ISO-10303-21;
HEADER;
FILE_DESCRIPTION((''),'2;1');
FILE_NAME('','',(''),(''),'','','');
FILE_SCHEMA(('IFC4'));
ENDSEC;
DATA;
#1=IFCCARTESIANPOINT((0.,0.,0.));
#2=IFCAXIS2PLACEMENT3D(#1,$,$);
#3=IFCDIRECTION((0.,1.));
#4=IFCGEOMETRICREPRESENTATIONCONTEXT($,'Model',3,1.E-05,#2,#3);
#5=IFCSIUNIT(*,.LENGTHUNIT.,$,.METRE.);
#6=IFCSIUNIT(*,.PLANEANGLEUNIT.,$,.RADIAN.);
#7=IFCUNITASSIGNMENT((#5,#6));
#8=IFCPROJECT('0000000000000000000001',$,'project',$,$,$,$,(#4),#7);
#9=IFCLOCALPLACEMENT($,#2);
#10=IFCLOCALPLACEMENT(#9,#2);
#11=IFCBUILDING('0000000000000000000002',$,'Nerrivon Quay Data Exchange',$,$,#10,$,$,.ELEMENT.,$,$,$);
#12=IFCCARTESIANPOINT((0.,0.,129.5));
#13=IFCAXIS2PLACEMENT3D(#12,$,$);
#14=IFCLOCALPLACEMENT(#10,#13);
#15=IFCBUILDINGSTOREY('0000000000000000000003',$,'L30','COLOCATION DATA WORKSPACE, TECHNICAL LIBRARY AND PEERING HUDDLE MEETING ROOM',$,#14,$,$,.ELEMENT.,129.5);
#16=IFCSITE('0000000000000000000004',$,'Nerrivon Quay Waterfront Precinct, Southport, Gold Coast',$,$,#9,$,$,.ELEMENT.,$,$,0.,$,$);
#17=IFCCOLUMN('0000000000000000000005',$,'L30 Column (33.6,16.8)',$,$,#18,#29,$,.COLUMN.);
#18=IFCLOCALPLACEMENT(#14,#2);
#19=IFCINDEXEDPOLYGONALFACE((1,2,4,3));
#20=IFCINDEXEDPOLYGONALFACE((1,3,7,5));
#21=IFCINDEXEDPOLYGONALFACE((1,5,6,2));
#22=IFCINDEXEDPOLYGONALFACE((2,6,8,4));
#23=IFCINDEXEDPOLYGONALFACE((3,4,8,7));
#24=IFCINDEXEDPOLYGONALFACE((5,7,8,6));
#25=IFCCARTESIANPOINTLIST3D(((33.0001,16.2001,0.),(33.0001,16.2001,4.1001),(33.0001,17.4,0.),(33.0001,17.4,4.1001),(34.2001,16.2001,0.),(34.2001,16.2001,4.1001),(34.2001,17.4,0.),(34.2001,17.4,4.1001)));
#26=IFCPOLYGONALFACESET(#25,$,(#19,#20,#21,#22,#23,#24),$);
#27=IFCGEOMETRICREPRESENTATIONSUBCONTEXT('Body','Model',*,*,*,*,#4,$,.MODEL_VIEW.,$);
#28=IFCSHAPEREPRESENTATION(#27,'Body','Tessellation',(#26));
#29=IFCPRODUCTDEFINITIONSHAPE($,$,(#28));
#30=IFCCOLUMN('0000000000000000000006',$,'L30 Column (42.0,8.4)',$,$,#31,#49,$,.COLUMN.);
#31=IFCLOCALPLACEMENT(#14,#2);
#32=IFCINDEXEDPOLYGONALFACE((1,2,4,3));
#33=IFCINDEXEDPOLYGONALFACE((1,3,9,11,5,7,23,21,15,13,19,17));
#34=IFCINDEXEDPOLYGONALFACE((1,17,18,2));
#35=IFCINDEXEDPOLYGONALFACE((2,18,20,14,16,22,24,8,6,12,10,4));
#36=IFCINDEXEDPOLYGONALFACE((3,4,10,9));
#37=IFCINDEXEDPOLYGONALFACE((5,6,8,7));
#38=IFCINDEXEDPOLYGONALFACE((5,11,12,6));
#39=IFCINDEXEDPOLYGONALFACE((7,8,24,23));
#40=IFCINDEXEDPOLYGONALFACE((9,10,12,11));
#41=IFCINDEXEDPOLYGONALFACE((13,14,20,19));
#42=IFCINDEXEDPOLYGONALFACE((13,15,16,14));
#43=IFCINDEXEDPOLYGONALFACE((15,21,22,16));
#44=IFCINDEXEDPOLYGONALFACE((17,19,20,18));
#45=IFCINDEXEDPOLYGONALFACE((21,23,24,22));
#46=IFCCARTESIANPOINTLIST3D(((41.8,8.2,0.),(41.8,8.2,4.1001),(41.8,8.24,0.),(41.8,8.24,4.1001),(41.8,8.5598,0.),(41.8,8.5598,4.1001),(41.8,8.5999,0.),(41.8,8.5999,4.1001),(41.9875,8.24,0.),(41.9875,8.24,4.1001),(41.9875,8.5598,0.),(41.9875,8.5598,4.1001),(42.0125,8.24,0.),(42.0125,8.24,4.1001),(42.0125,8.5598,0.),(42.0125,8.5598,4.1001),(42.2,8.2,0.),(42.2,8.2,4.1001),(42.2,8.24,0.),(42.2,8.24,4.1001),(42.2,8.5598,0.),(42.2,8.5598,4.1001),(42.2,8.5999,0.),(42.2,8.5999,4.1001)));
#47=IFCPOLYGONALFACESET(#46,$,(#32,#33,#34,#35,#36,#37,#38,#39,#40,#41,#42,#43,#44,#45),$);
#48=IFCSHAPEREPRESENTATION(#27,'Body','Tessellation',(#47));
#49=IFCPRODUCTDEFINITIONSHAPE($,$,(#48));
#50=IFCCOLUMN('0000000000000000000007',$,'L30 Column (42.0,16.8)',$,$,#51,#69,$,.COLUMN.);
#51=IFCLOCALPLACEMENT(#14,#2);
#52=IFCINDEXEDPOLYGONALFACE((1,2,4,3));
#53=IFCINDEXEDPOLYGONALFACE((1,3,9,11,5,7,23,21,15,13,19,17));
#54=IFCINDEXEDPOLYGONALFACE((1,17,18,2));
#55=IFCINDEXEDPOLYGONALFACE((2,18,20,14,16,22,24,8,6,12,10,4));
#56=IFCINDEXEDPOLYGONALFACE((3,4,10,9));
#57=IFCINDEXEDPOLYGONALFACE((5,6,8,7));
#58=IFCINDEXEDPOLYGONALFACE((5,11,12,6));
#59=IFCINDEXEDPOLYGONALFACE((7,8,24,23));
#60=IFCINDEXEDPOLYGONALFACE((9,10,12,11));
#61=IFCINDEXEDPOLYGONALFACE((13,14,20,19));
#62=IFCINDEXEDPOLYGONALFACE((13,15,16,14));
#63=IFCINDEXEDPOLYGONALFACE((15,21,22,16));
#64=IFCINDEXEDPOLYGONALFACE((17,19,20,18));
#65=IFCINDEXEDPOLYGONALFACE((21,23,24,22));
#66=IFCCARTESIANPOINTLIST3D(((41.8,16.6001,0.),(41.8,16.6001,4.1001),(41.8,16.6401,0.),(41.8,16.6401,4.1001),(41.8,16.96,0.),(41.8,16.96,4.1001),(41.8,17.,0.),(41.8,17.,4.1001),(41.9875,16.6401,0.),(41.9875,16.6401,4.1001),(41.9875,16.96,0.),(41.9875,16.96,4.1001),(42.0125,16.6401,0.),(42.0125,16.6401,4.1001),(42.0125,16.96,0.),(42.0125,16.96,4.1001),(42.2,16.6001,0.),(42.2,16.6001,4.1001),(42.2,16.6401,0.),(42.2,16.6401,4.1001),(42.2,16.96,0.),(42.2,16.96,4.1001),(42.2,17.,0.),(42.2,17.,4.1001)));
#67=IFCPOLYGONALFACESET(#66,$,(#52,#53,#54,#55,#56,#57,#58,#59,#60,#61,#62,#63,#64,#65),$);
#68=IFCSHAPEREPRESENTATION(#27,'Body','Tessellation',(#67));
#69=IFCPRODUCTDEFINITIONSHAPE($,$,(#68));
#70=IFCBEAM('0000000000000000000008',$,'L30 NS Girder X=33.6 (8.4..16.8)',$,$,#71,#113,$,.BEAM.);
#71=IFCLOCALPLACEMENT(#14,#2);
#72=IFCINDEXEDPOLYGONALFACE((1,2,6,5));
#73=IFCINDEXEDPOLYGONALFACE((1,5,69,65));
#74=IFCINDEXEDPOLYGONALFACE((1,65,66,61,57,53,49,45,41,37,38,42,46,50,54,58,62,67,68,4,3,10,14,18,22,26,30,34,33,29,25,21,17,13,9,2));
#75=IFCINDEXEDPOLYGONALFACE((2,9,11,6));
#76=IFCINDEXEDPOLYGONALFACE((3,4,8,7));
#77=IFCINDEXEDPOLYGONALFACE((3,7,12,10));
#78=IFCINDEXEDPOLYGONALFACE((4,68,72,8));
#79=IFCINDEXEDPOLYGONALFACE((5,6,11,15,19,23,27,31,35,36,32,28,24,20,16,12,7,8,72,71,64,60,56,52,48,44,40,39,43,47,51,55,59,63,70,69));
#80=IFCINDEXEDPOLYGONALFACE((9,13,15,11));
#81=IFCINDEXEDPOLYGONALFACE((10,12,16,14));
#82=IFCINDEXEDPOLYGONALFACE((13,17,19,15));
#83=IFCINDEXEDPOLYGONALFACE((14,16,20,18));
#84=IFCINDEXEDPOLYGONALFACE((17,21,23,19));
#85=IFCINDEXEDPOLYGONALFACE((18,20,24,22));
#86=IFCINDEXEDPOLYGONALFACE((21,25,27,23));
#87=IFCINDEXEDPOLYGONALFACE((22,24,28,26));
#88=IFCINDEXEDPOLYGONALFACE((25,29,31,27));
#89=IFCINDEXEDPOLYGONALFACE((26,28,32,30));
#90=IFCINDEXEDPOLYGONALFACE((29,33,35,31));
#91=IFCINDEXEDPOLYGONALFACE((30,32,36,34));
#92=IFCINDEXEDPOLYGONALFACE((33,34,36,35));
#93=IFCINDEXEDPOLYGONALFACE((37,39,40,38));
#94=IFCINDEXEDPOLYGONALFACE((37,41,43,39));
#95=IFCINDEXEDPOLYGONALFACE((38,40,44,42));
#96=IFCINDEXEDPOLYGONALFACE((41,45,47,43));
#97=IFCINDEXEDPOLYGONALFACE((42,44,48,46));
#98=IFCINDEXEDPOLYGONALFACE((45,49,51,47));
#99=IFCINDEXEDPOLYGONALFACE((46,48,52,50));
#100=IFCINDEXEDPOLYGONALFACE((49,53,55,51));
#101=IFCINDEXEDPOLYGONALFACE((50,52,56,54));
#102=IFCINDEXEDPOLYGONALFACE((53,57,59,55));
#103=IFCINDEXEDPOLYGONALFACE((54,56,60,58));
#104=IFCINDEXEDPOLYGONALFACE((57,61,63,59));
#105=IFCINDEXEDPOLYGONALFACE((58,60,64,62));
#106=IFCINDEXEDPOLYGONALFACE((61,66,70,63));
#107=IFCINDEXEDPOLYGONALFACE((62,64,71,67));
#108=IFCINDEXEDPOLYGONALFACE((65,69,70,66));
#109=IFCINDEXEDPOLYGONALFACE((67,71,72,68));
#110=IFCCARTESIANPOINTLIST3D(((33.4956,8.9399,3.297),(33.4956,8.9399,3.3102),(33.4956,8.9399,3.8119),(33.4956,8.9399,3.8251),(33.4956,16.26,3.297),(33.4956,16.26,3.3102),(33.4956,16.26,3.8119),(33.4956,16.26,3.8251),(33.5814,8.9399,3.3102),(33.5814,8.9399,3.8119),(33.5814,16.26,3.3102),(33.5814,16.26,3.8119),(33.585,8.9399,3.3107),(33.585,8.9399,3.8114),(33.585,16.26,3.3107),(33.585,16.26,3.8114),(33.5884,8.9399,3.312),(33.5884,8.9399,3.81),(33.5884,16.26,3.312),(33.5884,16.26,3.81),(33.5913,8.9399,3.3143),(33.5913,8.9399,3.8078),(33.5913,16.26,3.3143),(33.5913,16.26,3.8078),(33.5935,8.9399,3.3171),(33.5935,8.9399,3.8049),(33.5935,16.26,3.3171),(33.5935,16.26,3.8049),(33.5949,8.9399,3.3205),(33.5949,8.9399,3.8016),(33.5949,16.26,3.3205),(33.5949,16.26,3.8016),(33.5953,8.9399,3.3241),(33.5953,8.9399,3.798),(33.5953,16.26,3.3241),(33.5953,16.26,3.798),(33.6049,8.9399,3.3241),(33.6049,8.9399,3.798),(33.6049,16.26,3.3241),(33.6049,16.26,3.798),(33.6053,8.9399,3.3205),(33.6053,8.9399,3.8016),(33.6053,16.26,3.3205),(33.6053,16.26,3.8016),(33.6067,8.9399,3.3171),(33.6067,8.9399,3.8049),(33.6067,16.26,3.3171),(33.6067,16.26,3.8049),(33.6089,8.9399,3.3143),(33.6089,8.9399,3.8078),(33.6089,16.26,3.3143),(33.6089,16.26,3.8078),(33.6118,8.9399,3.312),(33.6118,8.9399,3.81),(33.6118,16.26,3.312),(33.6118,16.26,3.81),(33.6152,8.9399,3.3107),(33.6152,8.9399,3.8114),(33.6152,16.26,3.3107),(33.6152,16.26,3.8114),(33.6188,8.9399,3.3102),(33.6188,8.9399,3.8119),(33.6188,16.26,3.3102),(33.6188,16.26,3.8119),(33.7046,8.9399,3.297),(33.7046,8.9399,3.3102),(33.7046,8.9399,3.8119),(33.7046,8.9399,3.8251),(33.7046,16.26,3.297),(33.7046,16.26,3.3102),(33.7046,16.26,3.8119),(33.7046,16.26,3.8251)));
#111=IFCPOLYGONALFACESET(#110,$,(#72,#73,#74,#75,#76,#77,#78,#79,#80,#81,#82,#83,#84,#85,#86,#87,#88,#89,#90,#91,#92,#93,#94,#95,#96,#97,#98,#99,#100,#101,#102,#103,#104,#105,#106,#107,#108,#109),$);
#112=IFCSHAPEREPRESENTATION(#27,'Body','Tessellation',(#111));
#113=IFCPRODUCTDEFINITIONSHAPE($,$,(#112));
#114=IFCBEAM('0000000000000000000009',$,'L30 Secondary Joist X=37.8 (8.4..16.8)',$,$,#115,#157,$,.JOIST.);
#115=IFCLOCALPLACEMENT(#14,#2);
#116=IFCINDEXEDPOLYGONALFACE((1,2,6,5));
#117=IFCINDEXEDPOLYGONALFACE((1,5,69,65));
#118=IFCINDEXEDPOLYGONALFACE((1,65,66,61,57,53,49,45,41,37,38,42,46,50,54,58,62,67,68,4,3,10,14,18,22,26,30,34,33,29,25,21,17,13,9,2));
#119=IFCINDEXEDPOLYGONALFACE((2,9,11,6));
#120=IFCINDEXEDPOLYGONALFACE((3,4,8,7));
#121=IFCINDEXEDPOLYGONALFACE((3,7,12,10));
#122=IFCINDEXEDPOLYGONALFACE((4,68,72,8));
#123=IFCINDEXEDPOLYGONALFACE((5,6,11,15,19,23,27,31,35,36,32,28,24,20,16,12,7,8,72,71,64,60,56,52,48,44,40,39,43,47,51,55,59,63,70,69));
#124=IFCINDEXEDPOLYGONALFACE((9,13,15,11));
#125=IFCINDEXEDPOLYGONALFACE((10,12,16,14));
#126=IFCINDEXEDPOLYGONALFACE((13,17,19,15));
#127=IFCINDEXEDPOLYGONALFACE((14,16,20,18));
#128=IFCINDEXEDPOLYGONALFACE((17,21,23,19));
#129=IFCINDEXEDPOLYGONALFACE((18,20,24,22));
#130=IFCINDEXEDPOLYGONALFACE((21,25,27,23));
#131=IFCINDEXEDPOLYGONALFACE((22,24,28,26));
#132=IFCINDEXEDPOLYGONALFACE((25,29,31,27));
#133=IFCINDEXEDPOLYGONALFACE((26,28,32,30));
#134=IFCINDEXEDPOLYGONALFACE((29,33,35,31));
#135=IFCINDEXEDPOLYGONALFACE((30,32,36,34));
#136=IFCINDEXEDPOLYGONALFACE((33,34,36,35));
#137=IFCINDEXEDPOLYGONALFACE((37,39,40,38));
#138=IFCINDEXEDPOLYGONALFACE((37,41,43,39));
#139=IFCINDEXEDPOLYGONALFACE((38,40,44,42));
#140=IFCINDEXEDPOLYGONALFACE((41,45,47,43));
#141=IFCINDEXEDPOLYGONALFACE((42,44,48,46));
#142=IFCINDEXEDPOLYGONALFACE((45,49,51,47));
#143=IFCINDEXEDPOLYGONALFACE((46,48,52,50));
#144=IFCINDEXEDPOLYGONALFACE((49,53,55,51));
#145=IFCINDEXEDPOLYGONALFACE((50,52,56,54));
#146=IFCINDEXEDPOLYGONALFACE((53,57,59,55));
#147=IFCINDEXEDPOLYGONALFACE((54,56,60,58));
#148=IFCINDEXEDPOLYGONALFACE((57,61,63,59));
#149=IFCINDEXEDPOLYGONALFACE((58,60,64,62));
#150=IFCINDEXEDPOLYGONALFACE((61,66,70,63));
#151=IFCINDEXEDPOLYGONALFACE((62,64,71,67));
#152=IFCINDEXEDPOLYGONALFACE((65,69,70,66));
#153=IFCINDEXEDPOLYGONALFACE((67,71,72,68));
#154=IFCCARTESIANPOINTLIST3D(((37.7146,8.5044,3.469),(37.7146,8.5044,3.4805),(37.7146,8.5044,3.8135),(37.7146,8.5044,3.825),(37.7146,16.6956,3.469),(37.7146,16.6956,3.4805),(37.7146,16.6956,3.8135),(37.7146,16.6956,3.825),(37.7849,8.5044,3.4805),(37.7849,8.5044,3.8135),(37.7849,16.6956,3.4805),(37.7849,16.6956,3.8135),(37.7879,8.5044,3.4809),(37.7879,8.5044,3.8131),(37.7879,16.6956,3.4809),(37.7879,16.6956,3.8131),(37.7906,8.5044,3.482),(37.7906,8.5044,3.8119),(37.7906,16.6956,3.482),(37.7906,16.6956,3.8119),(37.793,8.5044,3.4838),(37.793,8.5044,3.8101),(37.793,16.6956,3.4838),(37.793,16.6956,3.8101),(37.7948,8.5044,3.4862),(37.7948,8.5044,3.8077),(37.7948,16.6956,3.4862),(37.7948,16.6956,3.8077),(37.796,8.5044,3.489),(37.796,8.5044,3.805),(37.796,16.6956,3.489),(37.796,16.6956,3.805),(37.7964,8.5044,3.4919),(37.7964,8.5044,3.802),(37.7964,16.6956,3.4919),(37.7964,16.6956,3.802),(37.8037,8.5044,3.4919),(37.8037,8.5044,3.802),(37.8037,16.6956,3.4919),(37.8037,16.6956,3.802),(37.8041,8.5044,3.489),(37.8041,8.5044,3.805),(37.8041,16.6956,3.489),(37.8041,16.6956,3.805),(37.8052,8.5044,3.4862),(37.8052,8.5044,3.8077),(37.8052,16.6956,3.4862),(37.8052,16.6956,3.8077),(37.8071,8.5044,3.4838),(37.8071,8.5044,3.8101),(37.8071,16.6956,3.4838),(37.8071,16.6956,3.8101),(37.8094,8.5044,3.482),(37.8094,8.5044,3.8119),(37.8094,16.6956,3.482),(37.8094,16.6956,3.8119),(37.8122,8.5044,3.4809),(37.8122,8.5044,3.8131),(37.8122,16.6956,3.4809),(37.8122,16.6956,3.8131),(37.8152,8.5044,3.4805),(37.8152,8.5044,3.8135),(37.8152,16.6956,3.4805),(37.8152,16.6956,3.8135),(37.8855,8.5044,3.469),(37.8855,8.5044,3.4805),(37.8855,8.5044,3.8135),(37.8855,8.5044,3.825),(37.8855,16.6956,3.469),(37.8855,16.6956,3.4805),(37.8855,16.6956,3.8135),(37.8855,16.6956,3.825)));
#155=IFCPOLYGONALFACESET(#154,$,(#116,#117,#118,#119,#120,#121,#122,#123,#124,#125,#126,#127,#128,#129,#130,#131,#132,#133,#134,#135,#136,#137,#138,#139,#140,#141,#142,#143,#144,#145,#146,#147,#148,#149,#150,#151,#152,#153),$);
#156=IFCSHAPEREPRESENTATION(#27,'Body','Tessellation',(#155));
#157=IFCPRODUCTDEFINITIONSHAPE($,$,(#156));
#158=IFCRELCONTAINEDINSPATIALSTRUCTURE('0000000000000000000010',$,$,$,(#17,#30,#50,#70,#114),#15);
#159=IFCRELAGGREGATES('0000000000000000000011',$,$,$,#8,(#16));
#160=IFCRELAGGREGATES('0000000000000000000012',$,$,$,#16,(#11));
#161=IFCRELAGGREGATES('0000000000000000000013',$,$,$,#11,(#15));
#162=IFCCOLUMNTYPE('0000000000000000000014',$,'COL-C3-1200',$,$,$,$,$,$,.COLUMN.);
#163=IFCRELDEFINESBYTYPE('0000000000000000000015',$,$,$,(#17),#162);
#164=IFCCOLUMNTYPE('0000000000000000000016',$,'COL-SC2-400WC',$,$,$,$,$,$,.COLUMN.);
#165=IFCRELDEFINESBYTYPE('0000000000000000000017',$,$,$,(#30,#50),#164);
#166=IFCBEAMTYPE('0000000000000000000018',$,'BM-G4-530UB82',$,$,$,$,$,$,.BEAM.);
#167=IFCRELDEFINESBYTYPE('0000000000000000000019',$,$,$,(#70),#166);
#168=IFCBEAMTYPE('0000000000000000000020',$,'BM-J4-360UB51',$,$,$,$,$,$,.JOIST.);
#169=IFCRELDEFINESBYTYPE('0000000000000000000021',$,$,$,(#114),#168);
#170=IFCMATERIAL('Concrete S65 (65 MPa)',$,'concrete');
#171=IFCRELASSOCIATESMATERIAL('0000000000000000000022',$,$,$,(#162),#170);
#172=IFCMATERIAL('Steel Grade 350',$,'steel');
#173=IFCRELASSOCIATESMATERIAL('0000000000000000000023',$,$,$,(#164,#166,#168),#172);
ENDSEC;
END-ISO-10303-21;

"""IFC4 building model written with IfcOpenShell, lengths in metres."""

from ifc_helpers import new_model, si_unit, direction, frame, origin, origin_2d, place, context, subcontext, project, spatial, rectangle, i_section, extrude, material, material_profile, profile_set, type_object, element, save


model = new_model("IFC4")

# Units and contexts
model_context = context("Model", 3, precision=1e-05, world=origin(), true_north=direction((0.0, 1.0)))
body_context = subcontext(model_context, "Body", "Model", "MODEL_VIEW")
ifc_project = project(units=[si_unit("LENGTHUNIT", "METRE"), si_unit("PLANEANGLEUNIT", "RADIAN")], contexts=[model_context])

# Site, building, storey
site_placement = place(None, origin())
site = spatial("IfcSite", under=ifc_project, at=site_placement, Name="Nerrivon Quay Waterfront Precinct, Southport, Gold Coast", CompositionType="ELEMENT", RefElevation=0.0)
building_placement = place(site_placement, origin())
building = spatial("IfcBuilding", under=site, at=building_placement, Name="Nerrivon Quay Data Exchange", CompositionType="ELEMENT")
storey_placement = place(building_placement, frame((0.0, 0.0, 129.5)))
storey = spatial("IfcBuildingStorey", under=building, at=storey_placement, Name="L30", Description="COLOCATION DATA WORKSPACE, TECHNICAL LIBRARY AND PEERING HUDDLE MEETING ROOM", CompositionType="ELEMENT", Elevation=129.5)

# Columns
ifc_material_1 = material(Name="Concrete S65 (65 MPa)", Category="concrete")
ifc_material_profile_1 = material_profile(ifc_material_1, rectangle(XDim=1.2, YDim=1.2, at=origin_2d()), Name="RC-COL-1200x1200")
ifc_profile_set_1 = profile_set([ifc_material_profile_1], Name="Concrete S65 (65 MPa)")
column_type_1 = type_object("IfcColumnType", Name="COL-C3-1200", PredefinedType="COLUMN", material=ifc_profile_set_1)
column_placement = place(storey_placement, frame((33.6001, 16.8, 0.0), z_axis=(0.0, 0.0, 1.0), x_axis=(1.0, 0.0, 0.0)))
element("IfcColumn", 1, at=column_placement, inside=storey, type_object=column_type_1, Name="L30 Column (33.6,16.8)", PredefinedType="COLUMN", context=body_context, shape_type="SweptSolid", body=[
    extrude(rectangle(XDim=1.2, YDim=1.2, at=origin_2d()), origin(), (0.0, 0.0, 1.0), 4.1001),
])
ifc_material_2 = material(Name="Steel Grade 350", Category="steel")
ifc_material_profile_2 = material_profile(ifc_material_2, i_section(OverallWidth=0.3999, OverallDepth=0.3999, WebThickness=0.0249, FlangeThickness=0.04, at=origin_2d()), Name="400WC328")
ifc_profile_set_2 = profile_set([ifc_material_profile_2], Name="Steel Grade 350")
column_type_2 = type_object("IfcColumnType", Name="COL-SC2-400WC", PredefinedType="COLUMN", material=ifc_profile_set_2)
for number, where, z_axis, x_axis, name in (
    (2, (42.0, 8.3999, 0.0), (0.0, 0.0, 1.0), (1.0, 0.0, 0.0), "L30 Column (42.0,8.4)"),
    (3, (42.0, 16.8, 0.0), (0.0, 0.0, 1.0), (1.0, 0.0, 0.0), "L30 Column (42.0,16.8)"),
):
    element("IfcColumn", number, at=place(storey_placement, frame(where, z_axis=z_axis, x_axis=x_axis)), inside=storey, type_object=column_type_2, Name=name, PredefinedType="COLUMN", context=body_context, shape_type="SweptSolid", body=[
        extrude(i_section(OverallWidth=0.3999, OverallDepth=0.3999, WebThickness=0.0249, FlangeThickness=0.04, at=origin_2d()), origin(), (0.0, 0.0, 1.0), 4.1001),
    ])

# Beams
ifc_material_profile_3 = material_profile(ifc_material_2, i_section(OverallWidth=0.209, OverallDepth=0.5281, WebThickness=0.0095, FlangeThickness=0.0132, FilletRadius=0.0139, at=origin_2d()), Name="530UB82.0")
ifc_profile_set_3 = profile_set([ifc_material_profile_3], Name="Steel Grade 350")
beam_type_1 = type_object("IfcBeamType", Name="BM-G4-530UB82", PredefinedType="BEAM", material=ifc_profile_set_3)
beam_1_placement = place(storey_placement, frame((33.6001, 8.9399, 3.561), z_axis=(0.0, 1.0, 0.0), x_axis=(-1.0, 0.0, 0.0)))
element("IfcBeam", 4, at=beam_1_placement, inside=storey, type_object=beam_type_1, Name="L30 NS Girder X=33.6 (8.4..16.8)", PredefinedType="BEAM", context=body_context, shape_type="SweptSolid", body=[
    extrude(i_section(OverallWidth=0.209, OverallDepth=0.5281, WebThickness=0.0095, FlangeThickness=0.0132, FilletRadius=0.0139, at=origin_2d()), origin(), (0.0, 0.0, 1.0), 7.3201),
])
ifc_material_profile_4 = material_profile(ifc_material_2, i_section(OverallWidth=0.1709, OverallDepth=0.356, WebThickness=0.0073, FlangeThickness=0.0115, FilletRadius=0.0115, at=origin_2d()), Name="360UB50.7")
ifc_profile_set_4 = profile_set([ifc_material_profile_4], Name="Steel Grade 350")
beam_type_2 = type_object("IfcBeamType", Name="BM-J4-360UB51", PredefinedType="JOIST", material=ifc_profile_set_4)
beam_2_placement = place(storey_placement, frame((37.8, 8.5044, 3.647), z_axis=(0.0, 1.0, 0.0), x_axis=(-1.0, 0.0, 0.0)))
element("IfcBeam", 5, at=beam_2_placement, inside=storey, type_object=beam_type_2, Name="L30 Secondary Joist X=37.8 (8.4..16.8)", PredefinedType="JOIST", context=body_context, shape_type="SweptSolid", body=[
    extrude(i_section(OverallWidth=0.1709, OverallDepth=0.356, WebThickness=0.0073, FlangeThickness=0.0115, FilletRadius=0.0115, at=origin_2d()), origin(), (0.0, 0.0, 1.0), 8.1912),
])

save(model, "model.ifc")
